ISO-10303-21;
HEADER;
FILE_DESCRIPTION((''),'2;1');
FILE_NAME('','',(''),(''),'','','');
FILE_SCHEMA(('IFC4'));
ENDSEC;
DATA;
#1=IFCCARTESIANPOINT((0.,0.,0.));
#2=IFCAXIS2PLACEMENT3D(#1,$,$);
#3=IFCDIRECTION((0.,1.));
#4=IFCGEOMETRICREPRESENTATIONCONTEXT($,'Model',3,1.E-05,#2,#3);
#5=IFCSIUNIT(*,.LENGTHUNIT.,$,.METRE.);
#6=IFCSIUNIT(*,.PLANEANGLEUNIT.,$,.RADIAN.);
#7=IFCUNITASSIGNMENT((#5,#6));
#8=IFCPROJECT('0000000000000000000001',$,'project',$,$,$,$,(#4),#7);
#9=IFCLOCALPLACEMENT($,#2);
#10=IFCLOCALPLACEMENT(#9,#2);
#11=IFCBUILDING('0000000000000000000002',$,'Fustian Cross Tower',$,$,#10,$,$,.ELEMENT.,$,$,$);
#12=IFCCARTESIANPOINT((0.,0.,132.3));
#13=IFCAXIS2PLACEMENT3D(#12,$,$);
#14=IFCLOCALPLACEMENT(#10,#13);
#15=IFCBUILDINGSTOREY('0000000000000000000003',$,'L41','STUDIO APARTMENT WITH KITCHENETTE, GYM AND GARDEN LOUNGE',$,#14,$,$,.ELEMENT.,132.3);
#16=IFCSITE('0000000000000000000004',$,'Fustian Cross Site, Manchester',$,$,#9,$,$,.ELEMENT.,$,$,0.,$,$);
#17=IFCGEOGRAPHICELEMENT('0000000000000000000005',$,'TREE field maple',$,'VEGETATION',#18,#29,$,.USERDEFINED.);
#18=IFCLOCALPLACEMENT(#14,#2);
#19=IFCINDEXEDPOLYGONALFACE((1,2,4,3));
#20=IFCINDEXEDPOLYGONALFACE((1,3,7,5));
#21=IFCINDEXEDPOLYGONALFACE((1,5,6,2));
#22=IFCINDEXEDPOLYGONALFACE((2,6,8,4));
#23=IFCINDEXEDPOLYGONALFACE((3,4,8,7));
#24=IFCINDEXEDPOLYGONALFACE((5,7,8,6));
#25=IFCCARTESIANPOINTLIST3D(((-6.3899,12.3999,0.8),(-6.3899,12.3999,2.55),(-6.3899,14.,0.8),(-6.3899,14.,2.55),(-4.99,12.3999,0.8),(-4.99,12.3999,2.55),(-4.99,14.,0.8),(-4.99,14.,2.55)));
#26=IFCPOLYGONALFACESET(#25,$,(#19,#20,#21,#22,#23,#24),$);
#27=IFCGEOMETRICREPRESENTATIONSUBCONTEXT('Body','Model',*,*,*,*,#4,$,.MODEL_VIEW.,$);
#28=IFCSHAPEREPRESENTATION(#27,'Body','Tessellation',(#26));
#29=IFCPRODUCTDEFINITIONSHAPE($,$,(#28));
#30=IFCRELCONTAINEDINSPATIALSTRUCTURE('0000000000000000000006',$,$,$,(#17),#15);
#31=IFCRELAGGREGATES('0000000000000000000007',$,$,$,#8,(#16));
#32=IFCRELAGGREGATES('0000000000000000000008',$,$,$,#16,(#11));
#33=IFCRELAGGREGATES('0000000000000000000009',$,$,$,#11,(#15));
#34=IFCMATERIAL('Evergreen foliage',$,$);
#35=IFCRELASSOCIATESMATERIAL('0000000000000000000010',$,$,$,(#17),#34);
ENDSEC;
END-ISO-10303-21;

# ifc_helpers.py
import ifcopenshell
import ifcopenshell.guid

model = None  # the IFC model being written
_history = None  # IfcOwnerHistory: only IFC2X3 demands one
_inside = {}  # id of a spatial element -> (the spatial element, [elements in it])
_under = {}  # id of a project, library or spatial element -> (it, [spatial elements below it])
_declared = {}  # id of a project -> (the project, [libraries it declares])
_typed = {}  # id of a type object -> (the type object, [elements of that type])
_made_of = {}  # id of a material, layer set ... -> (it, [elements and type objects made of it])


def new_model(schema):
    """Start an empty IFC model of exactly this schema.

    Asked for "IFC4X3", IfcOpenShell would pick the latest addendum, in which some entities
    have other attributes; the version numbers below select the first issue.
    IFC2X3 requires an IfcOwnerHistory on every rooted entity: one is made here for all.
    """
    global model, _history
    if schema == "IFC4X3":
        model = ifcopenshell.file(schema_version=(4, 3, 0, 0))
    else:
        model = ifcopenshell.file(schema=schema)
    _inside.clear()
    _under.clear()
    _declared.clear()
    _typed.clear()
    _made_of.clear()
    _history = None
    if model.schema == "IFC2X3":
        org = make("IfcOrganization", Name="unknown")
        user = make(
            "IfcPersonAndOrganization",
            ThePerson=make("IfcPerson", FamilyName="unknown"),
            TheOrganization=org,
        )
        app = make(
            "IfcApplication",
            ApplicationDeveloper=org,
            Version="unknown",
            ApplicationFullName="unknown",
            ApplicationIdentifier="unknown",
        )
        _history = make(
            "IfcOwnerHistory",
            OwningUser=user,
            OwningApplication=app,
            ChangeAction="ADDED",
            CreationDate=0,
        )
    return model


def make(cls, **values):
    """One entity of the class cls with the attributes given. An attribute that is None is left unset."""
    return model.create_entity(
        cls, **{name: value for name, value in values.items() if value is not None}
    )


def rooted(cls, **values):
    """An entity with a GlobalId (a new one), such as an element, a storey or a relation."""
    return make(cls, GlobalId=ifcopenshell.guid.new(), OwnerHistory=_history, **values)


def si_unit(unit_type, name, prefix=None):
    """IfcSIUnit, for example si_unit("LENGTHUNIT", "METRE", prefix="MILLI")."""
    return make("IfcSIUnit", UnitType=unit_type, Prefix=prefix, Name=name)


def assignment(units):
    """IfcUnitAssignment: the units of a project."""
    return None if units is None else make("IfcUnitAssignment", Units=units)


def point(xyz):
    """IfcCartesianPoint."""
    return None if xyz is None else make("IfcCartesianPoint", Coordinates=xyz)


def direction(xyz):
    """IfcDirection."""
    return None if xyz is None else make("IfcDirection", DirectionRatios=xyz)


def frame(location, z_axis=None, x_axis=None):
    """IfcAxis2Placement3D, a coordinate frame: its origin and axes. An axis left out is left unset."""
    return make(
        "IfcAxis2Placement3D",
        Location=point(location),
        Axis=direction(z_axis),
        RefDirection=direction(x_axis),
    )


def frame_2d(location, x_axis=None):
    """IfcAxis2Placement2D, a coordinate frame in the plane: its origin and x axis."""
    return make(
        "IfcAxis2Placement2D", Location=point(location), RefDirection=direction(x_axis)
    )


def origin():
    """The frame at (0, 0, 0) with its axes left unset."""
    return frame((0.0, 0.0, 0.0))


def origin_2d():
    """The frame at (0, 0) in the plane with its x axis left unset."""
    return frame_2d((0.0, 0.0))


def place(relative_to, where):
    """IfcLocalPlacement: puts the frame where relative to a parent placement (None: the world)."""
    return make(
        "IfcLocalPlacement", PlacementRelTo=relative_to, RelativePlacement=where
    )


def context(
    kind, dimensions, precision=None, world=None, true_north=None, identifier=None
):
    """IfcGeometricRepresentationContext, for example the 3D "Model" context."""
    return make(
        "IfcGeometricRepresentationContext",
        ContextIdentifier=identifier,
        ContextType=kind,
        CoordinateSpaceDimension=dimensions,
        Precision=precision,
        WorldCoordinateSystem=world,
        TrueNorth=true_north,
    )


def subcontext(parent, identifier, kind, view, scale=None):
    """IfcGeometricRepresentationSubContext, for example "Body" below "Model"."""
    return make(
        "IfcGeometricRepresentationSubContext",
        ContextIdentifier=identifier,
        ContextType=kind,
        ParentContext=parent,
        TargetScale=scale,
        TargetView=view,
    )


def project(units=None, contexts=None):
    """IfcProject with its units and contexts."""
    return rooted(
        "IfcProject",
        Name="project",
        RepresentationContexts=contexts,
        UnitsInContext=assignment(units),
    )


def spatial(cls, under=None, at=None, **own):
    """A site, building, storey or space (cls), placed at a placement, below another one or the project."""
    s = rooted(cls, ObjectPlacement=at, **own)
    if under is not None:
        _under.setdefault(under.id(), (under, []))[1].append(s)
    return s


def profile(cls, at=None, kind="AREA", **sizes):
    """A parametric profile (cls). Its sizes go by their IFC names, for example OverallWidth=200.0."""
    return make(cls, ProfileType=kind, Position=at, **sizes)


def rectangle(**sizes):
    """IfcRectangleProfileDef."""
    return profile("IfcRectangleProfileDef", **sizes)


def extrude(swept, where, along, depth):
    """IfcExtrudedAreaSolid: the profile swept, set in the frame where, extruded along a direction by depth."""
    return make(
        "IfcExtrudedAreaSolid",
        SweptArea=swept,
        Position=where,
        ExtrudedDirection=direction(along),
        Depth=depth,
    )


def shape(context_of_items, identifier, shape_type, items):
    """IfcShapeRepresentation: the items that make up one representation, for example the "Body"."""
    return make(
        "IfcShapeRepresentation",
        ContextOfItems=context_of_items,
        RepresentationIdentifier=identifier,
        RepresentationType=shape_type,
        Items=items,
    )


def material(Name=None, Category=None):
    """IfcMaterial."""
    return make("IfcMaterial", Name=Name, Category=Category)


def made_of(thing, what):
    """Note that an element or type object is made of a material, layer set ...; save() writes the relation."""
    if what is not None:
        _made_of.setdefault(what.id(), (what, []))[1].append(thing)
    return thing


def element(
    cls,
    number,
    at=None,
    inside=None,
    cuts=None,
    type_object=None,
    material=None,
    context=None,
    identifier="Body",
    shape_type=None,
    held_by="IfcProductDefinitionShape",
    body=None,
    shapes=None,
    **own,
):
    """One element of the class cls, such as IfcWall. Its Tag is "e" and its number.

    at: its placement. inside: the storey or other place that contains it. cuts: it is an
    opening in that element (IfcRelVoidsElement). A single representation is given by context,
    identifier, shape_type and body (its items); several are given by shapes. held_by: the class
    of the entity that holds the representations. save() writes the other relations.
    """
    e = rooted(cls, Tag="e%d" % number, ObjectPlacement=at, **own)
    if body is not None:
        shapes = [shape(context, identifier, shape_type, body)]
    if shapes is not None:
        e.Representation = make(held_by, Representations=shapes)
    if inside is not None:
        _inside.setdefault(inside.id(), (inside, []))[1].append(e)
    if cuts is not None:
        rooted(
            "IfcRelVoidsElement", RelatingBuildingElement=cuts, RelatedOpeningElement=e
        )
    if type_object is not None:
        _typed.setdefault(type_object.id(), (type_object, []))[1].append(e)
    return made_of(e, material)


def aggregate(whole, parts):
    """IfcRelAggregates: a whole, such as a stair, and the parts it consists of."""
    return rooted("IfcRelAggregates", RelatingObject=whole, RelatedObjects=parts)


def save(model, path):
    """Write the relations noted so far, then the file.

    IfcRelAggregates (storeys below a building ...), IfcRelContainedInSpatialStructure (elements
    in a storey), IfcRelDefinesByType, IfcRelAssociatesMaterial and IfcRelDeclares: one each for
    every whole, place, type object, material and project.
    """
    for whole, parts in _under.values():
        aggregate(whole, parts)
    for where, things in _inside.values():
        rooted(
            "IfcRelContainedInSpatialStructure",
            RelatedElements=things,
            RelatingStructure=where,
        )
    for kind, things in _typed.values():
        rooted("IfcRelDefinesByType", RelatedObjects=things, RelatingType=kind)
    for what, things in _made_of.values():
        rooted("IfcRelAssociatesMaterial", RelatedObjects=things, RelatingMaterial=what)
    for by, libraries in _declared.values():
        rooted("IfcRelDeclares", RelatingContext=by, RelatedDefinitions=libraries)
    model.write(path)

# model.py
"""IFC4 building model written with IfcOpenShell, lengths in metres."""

from ifc_helpers import new_model, si_unit, direction, frame, origin, origin_2d, place, context, subcontext, project, spatial, rectangle, extrude, material, element, save


model = new_model("IFC4")

# Units and contexts
model_context = context("Model", 3, precision=1e-05, world=origin(), true_north=direction((0.0, 1.0)))
body_context = subcontext(model_context, "Body", "Model", "MODEL_VIEW")
ifc_project = project(units=[si_unit("LENGTHUNIT", "METRE"), si_unit("PLANEANGLEUNIT", "RADIAN")], contexts=[model_context])

# Site, building, storey
site_placement = place(None, origin())
site = spatial("IfcSite", under=ifc_project, at=site_placement, Name="Fustian Cross Site, Manchester", CompositionType="ELEMENT", RefElevation=0.0)
building_placement = place(site_placement, origin())
building = spatial("IfcBuilding", under=site, at=building_placement, Name="Fustian Cross Tower", CompositionType="ELEMENT")
storey_placement = place(building_placement, frame((0.0, 0.0, 132.3)))
storey = spatial("IfcBuildingStorey", under=building, at=storey_placement, Name="L41", Description="STUDIO APARTMENT WITH KITCHENETTE, GYM AND GARDEN LOUNGE", CompositionType="ELEMENT", Elevation=132.3)

# Geographic element
ifc_material_1 = material(Name="Evergreen foliage")
geographic_element_placement = place(storey_placement, frame((-5.6899, 13.2, 0.8), z_axis=(0.0, 0.0, 1.0), x_axis=(1.0, 0.0, 0.0)))
element("IfcGeographicElement", 1, at=geographic_element_placement, inside=storey, material=ifc_material_1, Name="TREE field maple", ObjectType="VEGETATION", PredefinedType="USERDEFINED", context=body_context, shape_type="SweptSolid", body=[
    extrude(rectangle(XDim=1.3999, YDim=1.6001, at=origin_2d()), origin(), (0.0, 0.0, 1.0), 1.75),
])

save(model, "model.ifc")
